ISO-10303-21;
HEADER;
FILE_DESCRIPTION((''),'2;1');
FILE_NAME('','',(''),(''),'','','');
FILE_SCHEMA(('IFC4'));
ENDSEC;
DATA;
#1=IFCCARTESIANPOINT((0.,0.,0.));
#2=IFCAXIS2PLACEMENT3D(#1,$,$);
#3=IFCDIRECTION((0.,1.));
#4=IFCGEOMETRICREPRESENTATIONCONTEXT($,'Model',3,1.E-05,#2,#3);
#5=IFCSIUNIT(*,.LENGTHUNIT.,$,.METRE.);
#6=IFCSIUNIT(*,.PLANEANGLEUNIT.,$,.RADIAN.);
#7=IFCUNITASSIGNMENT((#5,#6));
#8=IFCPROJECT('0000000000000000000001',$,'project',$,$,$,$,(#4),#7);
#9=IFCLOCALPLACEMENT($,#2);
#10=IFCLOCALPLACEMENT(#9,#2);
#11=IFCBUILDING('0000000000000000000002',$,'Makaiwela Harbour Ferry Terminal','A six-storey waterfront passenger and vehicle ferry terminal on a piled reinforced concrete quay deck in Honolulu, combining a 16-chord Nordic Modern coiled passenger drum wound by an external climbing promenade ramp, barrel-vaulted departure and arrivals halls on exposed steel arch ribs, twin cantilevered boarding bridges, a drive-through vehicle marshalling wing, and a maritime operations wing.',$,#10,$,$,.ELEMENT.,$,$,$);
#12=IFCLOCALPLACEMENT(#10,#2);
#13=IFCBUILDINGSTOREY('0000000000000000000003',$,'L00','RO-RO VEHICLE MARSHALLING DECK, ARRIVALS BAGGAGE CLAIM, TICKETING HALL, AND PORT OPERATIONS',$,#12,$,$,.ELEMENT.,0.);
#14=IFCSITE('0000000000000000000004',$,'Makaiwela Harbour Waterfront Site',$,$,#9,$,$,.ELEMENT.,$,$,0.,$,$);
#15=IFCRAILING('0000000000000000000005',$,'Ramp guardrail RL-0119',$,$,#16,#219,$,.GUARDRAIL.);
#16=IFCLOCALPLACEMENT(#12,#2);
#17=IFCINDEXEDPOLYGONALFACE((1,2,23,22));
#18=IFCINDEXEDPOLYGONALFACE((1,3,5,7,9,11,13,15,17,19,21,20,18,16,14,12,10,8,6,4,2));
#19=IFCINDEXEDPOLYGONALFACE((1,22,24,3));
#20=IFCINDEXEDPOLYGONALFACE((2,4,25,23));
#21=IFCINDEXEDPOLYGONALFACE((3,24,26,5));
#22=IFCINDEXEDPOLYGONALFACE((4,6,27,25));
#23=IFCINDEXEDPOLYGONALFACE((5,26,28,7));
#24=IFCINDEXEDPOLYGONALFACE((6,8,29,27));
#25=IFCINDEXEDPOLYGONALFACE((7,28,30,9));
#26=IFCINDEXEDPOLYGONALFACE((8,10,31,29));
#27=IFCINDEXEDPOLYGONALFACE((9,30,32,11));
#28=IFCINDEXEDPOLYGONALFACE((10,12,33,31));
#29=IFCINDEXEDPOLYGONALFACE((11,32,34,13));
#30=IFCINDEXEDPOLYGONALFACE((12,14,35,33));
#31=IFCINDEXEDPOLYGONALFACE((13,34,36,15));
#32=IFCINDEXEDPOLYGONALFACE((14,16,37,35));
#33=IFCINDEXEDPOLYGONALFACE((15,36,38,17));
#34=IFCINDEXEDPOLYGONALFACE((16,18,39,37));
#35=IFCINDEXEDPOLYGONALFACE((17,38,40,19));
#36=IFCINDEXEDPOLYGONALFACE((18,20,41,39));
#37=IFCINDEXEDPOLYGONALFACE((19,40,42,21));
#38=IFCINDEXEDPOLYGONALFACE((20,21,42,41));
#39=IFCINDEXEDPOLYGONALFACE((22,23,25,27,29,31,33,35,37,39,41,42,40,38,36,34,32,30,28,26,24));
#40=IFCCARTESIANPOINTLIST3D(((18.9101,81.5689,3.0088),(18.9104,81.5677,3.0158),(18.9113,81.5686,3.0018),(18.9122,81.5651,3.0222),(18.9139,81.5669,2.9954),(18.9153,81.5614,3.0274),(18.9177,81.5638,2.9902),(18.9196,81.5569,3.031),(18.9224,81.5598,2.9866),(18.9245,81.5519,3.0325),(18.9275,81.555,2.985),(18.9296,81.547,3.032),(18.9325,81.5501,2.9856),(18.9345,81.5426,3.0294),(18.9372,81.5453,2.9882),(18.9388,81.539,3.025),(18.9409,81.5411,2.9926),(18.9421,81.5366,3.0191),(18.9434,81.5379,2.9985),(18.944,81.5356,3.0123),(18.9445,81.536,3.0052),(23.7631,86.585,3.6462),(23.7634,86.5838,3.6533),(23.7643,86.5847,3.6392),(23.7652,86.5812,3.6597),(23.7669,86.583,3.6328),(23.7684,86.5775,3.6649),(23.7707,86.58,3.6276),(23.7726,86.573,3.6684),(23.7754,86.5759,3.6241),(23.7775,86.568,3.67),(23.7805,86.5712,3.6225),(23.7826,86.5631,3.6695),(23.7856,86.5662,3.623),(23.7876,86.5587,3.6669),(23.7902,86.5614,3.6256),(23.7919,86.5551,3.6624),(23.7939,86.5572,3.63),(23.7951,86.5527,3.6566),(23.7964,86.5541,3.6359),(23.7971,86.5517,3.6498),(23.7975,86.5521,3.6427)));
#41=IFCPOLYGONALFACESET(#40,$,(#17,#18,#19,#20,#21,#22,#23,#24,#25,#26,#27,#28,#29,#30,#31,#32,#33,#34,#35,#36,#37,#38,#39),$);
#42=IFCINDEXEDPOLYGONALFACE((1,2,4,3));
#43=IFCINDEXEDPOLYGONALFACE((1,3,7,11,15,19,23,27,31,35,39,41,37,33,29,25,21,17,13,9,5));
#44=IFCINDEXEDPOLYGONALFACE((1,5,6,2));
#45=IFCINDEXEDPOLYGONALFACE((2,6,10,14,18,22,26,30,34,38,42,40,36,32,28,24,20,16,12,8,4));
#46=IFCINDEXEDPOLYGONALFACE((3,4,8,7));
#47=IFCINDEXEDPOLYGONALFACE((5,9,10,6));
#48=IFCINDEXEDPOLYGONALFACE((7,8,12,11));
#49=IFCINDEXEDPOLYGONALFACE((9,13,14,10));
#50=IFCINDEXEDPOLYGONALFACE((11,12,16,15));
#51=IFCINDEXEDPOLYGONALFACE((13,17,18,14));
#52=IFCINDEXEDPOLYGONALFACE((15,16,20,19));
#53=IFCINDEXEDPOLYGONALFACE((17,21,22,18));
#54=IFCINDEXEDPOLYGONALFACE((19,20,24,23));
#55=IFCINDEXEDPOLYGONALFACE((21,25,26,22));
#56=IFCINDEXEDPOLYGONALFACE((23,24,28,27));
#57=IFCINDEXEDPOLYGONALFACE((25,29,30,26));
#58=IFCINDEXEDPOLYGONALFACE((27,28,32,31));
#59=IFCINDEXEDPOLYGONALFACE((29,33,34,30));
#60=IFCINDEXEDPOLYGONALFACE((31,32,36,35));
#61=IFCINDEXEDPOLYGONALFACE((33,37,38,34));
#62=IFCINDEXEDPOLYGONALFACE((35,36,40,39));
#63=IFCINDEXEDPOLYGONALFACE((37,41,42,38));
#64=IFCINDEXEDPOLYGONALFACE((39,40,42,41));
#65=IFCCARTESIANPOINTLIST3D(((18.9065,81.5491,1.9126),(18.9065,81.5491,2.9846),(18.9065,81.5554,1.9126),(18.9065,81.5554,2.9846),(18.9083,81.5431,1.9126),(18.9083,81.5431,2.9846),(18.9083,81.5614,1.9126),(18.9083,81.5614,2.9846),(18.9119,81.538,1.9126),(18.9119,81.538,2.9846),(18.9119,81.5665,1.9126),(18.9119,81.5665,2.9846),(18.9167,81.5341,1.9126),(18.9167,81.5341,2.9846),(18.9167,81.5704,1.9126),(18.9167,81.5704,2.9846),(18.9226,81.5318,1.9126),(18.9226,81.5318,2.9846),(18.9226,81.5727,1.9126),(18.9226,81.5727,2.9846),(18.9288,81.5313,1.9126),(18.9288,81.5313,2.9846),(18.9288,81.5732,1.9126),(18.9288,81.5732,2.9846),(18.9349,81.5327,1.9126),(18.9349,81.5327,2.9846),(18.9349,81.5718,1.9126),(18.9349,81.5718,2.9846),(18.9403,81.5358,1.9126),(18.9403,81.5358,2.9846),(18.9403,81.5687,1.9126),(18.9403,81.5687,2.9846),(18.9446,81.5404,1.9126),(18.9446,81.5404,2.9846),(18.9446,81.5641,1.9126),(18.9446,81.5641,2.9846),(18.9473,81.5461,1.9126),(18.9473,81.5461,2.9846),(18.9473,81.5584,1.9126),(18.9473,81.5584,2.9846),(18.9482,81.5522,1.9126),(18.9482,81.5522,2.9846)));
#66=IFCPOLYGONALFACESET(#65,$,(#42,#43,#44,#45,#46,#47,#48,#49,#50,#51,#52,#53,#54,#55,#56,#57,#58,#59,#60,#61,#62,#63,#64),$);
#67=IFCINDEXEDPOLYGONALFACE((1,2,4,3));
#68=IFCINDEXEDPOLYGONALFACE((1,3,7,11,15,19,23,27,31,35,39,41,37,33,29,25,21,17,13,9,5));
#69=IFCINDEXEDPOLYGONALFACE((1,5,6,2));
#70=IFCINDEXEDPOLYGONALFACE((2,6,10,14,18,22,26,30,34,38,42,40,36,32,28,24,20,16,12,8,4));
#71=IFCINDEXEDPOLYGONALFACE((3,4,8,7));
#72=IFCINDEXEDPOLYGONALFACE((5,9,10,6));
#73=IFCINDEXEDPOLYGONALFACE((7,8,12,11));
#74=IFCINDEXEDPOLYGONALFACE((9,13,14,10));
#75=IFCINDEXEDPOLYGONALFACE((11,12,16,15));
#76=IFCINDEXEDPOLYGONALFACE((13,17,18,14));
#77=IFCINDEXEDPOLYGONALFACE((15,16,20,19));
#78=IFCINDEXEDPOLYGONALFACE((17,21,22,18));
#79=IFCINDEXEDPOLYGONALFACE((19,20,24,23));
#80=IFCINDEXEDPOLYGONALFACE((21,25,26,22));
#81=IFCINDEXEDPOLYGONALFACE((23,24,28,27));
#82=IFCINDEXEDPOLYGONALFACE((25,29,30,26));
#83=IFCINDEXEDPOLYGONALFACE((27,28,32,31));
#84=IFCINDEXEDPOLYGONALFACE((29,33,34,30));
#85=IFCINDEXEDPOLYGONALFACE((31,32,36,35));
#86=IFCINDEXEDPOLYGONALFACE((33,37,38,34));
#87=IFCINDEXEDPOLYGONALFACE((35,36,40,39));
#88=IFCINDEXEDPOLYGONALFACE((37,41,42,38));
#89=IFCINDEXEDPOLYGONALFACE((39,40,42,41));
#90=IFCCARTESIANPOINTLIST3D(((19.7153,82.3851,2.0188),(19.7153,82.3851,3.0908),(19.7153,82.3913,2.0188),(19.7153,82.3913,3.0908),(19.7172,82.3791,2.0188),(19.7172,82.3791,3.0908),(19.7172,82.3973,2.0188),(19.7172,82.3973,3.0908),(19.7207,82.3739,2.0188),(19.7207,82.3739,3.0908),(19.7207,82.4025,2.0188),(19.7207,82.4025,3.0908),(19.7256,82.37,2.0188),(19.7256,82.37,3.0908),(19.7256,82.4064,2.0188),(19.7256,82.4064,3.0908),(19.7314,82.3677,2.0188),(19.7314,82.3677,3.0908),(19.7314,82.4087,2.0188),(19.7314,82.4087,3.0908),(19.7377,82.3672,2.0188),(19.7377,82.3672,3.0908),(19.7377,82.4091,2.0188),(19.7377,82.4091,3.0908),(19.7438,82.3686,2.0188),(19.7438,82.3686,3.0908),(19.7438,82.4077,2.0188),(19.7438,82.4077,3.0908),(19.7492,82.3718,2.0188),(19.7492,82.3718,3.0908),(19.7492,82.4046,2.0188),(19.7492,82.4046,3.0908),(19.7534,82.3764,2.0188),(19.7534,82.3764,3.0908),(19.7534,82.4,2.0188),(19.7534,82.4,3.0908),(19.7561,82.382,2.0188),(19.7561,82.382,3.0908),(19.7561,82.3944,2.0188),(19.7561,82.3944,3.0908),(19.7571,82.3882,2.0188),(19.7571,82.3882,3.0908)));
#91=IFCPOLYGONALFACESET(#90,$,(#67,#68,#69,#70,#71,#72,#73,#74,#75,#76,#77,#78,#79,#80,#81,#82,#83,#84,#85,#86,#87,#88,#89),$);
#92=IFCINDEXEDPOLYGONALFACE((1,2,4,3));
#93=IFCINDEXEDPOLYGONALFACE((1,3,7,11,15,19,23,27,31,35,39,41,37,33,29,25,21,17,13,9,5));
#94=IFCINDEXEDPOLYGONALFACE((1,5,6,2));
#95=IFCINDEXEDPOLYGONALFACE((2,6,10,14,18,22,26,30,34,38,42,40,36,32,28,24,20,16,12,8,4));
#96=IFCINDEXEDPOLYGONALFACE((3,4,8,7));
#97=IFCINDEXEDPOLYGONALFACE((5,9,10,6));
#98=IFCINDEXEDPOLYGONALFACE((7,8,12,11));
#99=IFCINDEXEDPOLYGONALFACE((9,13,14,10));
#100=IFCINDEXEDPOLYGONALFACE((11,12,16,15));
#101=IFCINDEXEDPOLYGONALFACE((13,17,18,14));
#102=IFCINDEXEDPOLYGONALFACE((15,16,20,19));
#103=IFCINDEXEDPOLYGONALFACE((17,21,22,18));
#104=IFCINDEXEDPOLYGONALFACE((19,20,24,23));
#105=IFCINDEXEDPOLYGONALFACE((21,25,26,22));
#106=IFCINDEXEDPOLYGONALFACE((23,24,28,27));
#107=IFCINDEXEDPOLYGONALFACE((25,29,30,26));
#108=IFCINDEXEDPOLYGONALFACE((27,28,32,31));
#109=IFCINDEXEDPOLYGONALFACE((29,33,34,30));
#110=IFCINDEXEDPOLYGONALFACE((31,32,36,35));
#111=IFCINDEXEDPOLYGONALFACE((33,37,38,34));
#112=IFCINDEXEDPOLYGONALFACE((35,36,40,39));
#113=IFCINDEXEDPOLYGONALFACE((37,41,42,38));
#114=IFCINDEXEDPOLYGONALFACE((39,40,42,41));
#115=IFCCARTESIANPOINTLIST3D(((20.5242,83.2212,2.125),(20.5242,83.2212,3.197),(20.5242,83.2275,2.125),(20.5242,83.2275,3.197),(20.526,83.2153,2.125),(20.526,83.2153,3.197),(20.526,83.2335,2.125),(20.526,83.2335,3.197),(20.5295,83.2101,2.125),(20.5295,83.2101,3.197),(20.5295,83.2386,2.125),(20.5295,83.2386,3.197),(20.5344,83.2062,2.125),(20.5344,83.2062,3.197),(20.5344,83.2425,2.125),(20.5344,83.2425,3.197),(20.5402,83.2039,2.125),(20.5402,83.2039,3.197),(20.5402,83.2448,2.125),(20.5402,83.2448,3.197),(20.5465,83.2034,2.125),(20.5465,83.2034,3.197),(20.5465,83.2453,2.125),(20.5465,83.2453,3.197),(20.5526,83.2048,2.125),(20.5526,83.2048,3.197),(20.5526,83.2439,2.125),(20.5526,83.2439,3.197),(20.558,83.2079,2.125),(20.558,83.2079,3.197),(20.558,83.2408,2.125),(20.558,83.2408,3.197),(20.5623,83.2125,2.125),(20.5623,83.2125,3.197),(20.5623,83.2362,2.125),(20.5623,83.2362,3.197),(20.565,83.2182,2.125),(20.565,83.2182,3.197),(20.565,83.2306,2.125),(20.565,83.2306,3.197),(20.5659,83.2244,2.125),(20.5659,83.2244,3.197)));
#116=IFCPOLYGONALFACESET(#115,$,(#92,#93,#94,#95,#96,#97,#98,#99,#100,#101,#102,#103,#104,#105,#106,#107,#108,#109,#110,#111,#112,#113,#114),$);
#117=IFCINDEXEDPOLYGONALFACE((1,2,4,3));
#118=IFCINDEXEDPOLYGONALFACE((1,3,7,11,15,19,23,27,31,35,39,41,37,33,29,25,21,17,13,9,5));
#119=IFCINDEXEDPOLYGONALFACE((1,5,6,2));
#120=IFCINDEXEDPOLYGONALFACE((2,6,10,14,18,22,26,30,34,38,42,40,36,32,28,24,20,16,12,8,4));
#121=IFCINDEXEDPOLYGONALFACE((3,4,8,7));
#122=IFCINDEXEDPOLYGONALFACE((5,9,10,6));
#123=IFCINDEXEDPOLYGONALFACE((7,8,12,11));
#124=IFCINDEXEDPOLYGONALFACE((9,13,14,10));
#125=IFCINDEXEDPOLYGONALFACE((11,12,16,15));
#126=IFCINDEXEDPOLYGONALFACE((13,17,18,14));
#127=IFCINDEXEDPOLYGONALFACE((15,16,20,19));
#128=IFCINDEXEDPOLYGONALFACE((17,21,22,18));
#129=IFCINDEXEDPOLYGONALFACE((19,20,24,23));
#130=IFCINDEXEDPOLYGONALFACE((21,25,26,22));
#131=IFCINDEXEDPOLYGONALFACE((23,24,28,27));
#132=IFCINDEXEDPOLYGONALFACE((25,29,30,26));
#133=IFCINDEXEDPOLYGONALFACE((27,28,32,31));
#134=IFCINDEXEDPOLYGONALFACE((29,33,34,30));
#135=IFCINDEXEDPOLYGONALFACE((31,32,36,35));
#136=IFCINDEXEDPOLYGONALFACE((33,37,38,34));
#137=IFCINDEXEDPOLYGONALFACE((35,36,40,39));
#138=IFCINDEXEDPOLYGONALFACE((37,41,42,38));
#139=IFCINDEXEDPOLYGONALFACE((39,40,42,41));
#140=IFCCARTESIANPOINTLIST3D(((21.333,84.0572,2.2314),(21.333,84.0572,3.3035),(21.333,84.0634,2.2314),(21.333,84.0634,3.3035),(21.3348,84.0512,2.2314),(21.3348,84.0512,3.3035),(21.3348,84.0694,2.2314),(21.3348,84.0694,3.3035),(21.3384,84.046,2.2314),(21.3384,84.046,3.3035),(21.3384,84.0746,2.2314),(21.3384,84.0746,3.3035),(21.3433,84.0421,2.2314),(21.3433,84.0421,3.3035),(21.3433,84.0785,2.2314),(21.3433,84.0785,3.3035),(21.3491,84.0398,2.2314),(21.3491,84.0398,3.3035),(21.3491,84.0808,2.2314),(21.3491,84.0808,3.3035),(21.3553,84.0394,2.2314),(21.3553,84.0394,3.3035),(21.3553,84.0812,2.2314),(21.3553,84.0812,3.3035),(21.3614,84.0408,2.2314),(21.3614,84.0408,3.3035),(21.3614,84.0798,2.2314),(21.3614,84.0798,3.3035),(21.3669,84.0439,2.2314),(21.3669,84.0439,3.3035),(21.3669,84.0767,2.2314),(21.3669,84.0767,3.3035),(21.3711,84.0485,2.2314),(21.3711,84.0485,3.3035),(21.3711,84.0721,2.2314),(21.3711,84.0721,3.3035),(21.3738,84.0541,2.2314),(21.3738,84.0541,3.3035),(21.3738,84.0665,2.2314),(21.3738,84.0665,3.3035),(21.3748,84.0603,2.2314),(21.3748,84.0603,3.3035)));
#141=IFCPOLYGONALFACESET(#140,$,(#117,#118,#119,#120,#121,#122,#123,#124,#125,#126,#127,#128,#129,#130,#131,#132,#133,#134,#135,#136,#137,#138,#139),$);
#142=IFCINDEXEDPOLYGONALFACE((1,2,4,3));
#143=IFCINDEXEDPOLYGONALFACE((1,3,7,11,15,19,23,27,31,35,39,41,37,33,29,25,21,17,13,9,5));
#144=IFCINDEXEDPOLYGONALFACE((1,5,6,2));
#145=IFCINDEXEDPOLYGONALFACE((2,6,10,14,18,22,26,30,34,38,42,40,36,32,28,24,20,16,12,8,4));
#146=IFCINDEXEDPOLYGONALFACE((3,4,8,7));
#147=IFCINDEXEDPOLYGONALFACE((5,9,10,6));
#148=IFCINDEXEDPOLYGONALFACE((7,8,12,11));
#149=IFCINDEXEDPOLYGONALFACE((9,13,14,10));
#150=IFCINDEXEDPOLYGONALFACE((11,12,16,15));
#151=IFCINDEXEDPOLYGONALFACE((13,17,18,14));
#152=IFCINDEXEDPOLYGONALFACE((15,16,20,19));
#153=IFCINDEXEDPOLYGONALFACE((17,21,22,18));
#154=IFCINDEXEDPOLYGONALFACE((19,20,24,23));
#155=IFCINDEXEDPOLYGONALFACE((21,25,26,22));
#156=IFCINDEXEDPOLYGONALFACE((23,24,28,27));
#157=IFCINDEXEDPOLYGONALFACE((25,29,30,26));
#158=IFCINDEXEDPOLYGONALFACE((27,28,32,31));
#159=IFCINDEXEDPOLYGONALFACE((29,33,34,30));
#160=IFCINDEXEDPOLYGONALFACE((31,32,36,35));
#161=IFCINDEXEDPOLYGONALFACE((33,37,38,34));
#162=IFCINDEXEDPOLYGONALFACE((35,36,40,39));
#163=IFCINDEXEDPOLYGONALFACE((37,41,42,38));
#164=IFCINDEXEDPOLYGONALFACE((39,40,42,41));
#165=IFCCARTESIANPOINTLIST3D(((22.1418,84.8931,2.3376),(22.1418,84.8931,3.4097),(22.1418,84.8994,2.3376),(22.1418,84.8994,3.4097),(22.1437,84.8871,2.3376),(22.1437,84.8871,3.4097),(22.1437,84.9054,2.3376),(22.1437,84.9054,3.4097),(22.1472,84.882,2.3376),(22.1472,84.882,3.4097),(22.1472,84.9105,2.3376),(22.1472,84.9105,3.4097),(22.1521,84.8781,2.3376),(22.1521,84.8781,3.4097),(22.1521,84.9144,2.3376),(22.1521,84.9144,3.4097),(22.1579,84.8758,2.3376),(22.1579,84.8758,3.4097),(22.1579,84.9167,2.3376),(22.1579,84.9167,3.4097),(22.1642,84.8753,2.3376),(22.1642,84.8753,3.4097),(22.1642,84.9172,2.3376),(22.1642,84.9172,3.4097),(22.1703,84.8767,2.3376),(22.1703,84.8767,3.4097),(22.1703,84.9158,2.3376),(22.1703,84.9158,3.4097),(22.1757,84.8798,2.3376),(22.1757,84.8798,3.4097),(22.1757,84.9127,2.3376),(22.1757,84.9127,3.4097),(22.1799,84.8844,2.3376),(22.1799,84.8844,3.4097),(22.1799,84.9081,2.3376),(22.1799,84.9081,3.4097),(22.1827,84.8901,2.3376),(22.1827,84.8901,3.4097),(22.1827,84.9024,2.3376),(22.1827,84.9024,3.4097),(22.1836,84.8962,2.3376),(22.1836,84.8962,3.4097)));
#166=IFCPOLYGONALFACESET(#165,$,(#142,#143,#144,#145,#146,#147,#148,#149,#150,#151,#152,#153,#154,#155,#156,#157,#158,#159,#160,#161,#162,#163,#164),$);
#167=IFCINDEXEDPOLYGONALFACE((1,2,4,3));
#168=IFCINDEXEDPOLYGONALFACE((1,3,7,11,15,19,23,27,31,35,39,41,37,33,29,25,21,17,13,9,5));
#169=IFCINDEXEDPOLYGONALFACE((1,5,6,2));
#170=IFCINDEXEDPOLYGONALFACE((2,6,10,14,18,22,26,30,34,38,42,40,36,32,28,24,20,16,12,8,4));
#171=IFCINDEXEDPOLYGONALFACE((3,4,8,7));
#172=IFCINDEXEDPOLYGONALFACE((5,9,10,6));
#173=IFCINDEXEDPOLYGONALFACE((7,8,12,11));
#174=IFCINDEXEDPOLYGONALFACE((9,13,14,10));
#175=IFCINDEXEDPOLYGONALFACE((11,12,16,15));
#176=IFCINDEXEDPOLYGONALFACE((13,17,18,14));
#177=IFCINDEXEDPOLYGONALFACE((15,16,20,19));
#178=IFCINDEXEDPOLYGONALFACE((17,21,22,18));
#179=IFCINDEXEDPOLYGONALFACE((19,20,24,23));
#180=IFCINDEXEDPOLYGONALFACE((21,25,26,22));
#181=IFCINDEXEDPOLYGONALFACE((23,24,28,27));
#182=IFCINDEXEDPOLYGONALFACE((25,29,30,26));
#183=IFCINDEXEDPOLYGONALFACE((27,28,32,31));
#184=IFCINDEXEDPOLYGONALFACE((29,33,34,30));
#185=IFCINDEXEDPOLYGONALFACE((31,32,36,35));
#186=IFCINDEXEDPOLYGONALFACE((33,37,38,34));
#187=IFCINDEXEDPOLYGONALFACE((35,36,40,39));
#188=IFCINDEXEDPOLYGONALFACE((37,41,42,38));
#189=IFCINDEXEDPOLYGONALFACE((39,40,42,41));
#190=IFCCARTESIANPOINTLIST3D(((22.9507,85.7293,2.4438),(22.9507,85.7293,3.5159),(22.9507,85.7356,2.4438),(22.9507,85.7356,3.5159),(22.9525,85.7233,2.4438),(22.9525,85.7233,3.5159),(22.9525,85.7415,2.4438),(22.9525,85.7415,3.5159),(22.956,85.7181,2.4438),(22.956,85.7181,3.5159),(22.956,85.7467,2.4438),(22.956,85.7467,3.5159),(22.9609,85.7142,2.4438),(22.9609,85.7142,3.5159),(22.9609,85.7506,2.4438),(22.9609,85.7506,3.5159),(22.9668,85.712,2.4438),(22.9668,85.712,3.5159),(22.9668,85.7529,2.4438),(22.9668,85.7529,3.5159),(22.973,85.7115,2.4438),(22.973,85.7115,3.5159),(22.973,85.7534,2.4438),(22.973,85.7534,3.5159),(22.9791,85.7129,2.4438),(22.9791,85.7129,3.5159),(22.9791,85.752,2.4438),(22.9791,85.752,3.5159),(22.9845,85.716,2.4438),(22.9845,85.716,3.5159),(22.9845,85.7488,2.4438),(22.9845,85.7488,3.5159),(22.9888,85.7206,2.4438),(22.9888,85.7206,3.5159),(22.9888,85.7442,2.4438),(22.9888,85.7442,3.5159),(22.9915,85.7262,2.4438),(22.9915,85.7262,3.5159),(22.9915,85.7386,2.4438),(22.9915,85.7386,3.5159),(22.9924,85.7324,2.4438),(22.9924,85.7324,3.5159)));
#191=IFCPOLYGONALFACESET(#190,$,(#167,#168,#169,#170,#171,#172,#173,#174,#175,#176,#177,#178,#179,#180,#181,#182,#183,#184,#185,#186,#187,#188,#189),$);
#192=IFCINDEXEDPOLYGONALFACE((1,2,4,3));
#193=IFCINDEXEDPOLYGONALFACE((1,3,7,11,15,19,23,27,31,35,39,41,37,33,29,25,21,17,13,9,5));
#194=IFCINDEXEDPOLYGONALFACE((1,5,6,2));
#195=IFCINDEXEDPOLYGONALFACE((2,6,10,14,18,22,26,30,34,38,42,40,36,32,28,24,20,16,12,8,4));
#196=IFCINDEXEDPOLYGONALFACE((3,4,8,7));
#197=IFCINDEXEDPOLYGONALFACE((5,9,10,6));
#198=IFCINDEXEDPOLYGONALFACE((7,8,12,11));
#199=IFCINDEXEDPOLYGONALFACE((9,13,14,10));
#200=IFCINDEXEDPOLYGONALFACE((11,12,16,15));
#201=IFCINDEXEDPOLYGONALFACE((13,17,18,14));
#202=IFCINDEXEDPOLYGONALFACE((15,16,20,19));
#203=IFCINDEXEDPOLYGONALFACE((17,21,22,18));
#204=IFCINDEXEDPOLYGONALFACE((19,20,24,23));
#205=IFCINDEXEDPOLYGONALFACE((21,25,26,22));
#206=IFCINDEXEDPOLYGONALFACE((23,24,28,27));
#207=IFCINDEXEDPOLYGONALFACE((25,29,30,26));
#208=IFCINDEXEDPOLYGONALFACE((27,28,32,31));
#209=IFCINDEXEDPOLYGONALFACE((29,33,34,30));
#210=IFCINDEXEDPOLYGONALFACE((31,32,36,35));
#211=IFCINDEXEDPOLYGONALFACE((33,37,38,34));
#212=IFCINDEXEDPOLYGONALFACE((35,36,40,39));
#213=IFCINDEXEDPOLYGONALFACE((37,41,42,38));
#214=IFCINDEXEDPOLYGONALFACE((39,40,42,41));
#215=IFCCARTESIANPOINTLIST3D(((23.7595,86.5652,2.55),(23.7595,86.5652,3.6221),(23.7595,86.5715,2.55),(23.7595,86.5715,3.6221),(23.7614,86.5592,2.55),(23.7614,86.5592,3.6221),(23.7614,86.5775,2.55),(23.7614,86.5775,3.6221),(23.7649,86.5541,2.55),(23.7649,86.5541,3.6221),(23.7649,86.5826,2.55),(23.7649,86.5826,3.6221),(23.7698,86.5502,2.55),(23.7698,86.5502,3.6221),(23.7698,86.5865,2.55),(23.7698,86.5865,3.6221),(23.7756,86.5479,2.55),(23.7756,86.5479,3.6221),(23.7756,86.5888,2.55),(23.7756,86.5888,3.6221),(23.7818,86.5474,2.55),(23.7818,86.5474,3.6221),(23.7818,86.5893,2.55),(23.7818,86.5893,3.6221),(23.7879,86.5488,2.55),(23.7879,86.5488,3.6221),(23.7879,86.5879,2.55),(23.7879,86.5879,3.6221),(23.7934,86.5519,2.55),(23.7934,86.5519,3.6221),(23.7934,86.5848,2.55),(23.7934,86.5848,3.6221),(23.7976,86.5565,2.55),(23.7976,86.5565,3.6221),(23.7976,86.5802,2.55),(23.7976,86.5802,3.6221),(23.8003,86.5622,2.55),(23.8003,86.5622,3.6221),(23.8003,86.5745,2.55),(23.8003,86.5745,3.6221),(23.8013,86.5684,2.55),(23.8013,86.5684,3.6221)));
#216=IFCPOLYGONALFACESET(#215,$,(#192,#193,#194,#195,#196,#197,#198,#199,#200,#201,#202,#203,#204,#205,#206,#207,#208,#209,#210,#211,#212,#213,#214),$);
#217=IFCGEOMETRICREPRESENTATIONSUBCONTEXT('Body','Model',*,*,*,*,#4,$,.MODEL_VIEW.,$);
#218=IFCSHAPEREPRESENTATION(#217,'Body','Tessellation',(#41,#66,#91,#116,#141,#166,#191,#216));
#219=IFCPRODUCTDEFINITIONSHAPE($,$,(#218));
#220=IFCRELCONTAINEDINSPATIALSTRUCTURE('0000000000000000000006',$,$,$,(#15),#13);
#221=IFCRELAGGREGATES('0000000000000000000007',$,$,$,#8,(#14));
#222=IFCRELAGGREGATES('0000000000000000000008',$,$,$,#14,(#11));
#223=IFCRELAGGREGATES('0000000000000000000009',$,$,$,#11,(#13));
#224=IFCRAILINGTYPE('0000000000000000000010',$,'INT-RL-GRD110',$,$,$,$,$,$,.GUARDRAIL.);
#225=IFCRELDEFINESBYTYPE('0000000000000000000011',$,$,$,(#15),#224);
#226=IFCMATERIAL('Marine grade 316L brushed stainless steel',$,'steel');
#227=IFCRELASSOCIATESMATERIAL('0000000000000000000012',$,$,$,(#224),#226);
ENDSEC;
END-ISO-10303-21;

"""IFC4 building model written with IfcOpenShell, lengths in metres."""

from ifc_helpers import new_model, si_unit, direction, frame, origin, origin_2d, place, context, subcontext, project, spatial, circle, extrude, material, type_object, element, save


model = new_model("IFC4")

# Units and contexts
model_context = context("Model", 3, precision=1e-05, world=origin(), true_north=direction((0.0, 1.0)))
body_context = subcontext(model_context, "Body", "Model", "MODEL_VIEW")
ifc_project = project(units=[si_unit("LENGTHUNIT", "METRE"), si_unit("PLANEANGLEUNIT", "RADIAN")], contexts=[model_context])

# Site, building, storey
site_placement = place(None, origin())
site = spatial("IfcSite", under=ifc_project, at=site_placement, Name="Makaiwela Harbour Waterfront Site", CompositionType="ELEMENT", RefElevation=0.0)
building_placement = place(site_placement, origin())
building = spatial("IfcBuilding", under=site, at=building_placement, Name="Makaiwela Harbour Ferry Terminal", Description="A six-storey waterfront passenger and vehicle ferry terminal on a piled reinforced concrete quay deck in Honolulu, combining a 16-chord Nordic Modern coiled passenger drum wound by an external climbing promenade ramp, barrel-vaulted departure and arrivals halls on exposed steel arch ribs, twin cantilevered boarding bridges, a drive-through vehicle marshalling wing, and a maritime operations wing.", CompositionType="ELEMENT")
storey_placement = place(building_placement, origin())
storey = spatial("IfcBuildingStorey", under=building, at=storey_placement, Name="L00", Description="RO-RO VEHICLE MARSHALLING DECK, ARRIVALS BAGGAGE CLAIM, TICKETING HALL, AND PORT OPERATIONS", CompositionType="ELEMENT", Elevation=0.0)

# Railing
ifc_material_1 = material(Name="Marine grade 316L brushed stainless steel", Category="steel")
railing_type_1 = type_object("IfcRailingType", Name="INT-RL-GRD110", PredefinedType="GUARDRAIL", material=ifc_material_1)
railing_1_placement = place(storey_placement, frame((18.9272, 81.5522, 1.9126)))
element("IfcRailing", 1, at=railing_1_placement, inside=storey, type_object=railing_type_1, Name="Ramp guardrail RL-0119", PredefinedType="GUARDRAIL", context=body_context, shape_type="SweptSolid", body=[
    extrude(circle(Radius=0.0239, at=origin_2d()), frame((0.0, 0.0, 1.0962), z_axis=(0.692445, 0.715715, 0.090954), x_axis=(-0.718693, 0.695327, 0.0)), (0.0, 0.0, 1.0), 7.0085),
    extrude(circle(Radius=0.021, at=origin_2d()), origin(), (0.0, 0.0, 1.0), 1.072),
    extrude(circle(Radius=0.021, at=origin_2d()), frame((0.8088, 0.8359, 0.1062)), (0.0, 0.0, 1.0), 1.072),
    extrude(circle(Radius=0.021, at=origin_2d()), frame((1.6177, 1.6721, 0.2124)), (0.0, 0.0, 1.0), 1.072),
    extrude(circle(Radius=0.021, at=origin_2d()), frame((2.4265, 2.5081, 0.3188)), (0.0, 0.0, 1.0), 1.072),
    extrude(circle(Radius=0.021, at=origin_2d()), frame((3.2354, 3.344, 0.425)), (0.0, 0.0, 1.0), 1.072),
    extrude(circle(Radius=0.021, at=origin_2d()), frame((4.0442, 4.1802, 0.5312)), (0.0, 0.0, 1.0), 1.072),
    extrude(circle(Radius=0.021, at=origin_2d()), frame((4.853, 5.0161, 0.6375)), (0.0, 0.0, 1.0), 1.072),
])

save(model, "model.ifc")
